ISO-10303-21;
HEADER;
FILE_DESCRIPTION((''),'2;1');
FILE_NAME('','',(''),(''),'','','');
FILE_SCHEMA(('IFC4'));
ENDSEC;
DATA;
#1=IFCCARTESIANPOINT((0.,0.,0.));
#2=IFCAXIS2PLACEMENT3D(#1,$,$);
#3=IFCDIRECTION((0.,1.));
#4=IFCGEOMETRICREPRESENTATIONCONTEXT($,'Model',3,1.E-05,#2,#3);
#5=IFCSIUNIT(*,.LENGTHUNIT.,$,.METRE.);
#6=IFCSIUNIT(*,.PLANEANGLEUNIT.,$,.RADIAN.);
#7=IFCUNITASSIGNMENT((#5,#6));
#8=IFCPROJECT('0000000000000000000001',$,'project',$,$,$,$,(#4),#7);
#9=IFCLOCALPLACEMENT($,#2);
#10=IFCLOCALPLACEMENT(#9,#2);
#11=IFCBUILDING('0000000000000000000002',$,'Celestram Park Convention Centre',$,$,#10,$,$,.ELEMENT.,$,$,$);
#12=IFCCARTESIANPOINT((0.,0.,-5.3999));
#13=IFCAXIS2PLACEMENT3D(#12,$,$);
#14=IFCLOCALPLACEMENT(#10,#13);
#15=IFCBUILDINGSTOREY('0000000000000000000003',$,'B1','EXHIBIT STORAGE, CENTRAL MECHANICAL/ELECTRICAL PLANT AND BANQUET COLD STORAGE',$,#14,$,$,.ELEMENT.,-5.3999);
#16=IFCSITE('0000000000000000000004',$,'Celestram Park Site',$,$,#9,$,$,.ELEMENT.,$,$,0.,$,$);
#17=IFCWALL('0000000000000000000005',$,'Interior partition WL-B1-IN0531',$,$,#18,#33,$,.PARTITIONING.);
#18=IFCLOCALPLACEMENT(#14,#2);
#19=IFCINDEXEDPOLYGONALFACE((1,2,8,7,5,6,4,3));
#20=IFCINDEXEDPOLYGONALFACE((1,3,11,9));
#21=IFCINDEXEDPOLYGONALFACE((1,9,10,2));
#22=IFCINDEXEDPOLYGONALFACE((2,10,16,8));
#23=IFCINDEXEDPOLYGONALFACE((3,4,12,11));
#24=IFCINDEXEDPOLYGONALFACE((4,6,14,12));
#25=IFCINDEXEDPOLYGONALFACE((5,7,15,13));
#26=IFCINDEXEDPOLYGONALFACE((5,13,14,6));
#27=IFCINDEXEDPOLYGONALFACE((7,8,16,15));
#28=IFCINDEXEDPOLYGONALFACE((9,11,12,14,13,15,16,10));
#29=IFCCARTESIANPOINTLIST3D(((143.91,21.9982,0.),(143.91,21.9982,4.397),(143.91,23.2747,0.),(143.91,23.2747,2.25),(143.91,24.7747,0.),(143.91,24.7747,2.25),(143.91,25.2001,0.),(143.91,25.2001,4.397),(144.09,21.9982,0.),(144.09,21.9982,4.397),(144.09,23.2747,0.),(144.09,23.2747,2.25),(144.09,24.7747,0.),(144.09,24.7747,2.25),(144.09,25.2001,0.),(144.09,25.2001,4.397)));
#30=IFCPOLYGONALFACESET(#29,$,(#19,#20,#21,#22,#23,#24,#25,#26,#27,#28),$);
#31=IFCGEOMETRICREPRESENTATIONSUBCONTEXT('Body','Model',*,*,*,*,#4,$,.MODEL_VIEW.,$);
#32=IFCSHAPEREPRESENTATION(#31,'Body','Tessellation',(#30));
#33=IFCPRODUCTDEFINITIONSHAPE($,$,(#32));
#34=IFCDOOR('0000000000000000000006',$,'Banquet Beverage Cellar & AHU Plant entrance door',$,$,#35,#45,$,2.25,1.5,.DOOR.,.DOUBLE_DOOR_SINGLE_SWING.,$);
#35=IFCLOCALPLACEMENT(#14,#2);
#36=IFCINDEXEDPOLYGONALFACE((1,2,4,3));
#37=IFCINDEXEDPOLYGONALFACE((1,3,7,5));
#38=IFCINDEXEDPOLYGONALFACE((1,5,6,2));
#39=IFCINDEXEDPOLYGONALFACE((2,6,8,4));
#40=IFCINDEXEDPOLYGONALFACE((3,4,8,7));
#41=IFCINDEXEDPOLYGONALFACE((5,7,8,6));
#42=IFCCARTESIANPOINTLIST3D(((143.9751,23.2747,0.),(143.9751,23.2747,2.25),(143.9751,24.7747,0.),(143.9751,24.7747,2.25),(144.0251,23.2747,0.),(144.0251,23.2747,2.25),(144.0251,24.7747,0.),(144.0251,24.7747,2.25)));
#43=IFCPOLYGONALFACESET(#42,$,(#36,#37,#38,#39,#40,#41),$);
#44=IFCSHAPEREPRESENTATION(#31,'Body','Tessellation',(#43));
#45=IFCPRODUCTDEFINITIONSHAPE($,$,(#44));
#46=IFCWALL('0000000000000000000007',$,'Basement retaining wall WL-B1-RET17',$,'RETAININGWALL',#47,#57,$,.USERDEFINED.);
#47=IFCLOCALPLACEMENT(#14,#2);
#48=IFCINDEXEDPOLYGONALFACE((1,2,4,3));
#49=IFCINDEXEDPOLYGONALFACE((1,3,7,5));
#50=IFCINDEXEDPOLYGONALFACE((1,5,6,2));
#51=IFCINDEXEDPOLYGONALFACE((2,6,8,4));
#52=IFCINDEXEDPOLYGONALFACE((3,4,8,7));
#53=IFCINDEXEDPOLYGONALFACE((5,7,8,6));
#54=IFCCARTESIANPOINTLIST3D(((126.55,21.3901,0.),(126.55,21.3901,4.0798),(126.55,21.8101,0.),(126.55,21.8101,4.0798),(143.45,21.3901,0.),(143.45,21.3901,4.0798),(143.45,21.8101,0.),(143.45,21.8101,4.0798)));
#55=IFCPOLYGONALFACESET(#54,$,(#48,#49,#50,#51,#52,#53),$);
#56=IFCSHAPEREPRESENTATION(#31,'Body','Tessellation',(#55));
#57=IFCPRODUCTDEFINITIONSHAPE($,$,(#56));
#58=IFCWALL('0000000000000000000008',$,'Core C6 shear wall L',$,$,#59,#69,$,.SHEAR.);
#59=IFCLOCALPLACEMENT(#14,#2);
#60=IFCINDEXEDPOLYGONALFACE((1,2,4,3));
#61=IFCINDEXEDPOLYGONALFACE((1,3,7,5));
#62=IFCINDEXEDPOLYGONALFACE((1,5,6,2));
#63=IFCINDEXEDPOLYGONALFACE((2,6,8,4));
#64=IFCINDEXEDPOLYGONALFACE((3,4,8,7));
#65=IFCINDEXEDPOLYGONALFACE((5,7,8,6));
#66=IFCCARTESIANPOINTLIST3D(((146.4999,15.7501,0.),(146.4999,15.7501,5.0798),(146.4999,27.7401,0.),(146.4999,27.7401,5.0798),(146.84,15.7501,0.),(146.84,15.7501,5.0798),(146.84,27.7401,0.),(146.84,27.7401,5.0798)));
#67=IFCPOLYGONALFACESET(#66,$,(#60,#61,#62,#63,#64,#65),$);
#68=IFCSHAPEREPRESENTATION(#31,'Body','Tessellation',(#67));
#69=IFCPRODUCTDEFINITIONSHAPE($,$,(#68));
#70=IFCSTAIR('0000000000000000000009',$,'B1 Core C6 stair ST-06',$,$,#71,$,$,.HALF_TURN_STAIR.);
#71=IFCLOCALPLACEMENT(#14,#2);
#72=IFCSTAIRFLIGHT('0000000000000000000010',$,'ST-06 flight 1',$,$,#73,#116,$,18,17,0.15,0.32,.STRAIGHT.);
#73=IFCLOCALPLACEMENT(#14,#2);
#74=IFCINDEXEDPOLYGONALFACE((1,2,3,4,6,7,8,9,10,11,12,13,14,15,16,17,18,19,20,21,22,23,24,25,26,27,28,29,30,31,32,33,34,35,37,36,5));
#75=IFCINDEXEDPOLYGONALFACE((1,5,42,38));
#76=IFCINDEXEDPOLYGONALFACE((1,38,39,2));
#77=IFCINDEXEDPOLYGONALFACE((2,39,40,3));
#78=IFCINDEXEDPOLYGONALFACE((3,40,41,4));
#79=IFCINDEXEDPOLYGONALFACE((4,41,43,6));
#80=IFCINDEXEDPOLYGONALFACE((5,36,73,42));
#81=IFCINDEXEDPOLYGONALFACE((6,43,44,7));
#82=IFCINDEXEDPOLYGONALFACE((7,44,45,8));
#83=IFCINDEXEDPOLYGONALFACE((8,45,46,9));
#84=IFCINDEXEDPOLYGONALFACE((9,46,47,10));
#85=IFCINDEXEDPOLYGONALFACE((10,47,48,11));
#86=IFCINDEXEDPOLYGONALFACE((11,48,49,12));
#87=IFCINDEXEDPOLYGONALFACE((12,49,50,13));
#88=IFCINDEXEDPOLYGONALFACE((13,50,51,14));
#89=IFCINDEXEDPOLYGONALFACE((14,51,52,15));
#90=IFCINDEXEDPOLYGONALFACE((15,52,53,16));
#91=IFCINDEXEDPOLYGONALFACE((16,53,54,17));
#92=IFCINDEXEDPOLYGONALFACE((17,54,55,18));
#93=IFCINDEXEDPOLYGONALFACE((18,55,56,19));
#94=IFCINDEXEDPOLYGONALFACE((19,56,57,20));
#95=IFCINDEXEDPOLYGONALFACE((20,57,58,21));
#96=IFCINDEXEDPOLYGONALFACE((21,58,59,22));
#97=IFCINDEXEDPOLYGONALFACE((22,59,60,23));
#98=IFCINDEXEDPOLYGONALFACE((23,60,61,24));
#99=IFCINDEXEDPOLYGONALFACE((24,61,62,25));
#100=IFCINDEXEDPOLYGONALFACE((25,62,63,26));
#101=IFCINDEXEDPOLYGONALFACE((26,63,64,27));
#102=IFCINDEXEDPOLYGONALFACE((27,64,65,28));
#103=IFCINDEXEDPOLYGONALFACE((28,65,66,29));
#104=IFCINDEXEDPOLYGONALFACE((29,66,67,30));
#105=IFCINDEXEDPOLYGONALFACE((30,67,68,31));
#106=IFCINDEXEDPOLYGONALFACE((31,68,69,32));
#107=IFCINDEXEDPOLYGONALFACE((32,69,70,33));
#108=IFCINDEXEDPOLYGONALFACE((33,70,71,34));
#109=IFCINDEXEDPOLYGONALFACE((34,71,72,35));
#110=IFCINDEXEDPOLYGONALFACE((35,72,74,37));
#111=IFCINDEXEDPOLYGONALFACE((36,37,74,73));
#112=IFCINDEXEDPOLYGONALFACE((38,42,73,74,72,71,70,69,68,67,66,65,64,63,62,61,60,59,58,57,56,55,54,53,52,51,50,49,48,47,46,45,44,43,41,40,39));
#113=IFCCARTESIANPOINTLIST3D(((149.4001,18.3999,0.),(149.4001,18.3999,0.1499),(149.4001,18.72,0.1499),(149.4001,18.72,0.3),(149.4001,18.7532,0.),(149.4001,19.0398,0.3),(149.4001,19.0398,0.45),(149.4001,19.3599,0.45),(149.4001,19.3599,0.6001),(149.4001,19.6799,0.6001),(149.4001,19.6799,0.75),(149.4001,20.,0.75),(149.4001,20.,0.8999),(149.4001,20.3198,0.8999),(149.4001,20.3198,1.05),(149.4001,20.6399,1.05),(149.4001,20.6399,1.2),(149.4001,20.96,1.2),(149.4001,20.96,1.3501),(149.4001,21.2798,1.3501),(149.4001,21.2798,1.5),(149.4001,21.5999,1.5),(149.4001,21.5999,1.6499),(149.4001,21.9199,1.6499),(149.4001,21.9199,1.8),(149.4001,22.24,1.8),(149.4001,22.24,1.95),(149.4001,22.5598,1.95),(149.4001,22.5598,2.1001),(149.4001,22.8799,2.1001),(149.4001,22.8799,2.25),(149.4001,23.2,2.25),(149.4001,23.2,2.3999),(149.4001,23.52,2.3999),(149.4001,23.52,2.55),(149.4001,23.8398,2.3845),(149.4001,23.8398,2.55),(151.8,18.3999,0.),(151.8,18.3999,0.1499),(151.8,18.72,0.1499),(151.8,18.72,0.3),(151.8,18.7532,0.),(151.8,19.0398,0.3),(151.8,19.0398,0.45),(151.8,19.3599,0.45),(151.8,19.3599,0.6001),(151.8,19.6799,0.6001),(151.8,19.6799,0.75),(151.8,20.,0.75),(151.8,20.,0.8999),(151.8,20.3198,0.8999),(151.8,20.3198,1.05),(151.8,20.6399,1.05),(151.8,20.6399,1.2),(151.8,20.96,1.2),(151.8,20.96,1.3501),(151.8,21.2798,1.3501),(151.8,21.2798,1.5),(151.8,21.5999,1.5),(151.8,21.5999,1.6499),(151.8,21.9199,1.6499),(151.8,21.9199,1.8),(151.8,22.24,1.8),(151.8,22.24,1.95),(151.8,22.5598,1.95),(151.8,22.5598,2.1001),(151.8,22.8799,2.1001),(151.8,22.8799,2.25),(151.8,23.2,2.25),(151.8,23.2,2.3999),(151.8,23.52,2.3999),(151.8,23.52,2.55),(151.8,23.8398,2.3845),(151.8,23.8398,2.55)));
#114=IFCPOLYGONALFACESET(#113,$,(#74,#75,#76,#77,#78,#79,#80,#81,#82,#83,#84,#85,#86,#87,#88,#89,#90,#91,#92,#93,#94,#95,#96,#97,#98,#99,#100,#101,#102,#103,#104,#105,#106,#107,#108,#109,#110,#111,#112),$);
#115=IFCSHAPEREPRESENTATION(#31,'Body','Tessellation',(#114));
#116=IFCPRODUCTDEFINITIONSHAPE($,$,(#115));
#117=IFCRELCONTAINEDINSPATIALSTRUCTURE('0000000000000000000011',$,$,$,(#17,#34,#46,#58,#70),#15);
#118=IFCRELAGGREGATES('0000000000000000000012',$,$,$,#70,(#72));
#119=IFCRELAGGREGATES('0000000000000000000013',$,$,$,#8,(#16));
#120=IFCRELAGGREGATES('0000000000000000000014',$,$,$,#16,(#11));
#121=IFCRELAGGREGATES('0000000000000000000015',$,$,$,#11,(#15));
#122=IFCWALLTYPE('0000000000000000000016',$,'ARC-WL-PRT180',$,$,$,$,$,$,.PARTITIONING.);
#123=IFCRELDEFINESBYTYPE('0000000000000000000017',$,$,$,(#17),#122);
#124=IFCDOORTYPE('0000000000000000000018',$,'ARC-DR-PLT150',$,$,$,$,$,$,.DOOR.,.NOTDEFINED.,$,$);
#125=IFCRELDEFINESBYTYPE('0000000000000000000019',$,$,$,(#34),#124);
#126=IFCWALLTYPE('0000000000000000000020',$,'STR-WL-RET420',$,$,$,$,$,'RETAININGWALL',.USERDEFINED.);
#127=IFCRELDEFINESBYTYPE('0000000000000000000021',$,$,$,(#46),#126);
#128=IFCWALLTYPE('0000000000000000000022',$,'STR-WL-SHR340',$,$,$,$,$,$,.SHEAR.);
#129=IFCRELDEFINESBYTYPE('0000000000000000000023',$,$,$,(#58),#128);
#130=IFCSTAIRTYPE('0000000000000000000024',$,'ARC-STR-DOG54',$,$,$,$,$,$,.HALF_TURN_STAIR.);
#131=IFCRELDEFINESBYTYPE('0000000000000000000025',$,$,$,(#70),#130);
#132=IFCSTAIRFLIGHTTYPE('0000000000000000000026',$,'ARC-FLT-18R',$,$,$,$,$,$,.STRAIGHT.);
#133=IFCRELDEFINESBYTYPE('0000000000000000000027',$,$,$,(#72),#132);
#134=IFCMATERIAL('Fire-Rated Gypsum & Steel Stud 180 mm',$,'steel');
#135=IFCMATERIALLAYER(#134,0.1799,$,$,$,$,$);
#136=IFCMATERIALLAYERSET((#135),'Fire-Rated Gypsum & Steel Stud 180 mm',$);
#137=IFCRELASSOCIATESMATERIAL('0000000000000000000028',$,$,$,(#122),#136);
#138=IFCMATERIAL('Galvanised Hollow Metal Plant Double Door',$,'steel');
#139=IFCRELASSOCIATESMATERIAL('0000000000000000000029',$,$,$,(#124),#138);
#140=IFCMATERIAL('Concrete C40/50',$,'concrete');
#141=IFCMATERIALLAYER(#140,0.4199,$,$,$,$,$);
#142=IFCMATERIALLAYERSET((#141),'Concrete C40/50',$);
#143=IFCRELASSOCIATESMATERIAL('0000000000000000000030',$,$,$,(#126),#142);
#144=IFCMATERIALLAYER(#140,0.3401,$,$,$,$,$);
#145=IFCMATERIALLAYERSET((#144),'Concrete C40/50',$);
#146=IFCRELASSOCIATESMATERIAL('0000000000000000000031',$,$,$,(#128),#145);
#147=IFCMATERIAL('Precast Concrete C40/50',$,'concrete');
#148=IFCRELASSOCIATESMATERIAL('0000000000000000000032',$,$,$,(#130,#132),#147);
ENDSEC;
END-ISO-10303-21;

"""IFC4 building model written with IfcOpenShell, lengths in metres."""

from ifc_helpers import new_model, si_unit, direction, frame, frame_2d, origin, place, context, subcontext, project, spatial, polyline, rectangle, outline, extrude, material, layer, layer_set, type_object, element, fill, aggregate, save


model = new_model("IFC4")

# Units and contexts
model_context = context("Model", 3, precision=1e-05, world=origin(), true_north=direction((0.0, 1.0)))
body_context = subcontext(model_context, "Body", "Model", "MODEL_VIEW")
ifc_project = project(units=[si_unit("LENGTHUNIT", "METRE"), si_unit("PLANEANGLEUNIT", "RADIAN")], contexts=[model_context])

# Site, building, storey
site_placement = place(None, origin())
site = spatial("IfcSite", under=ifc_project, at=site_placement, Name="Celestram Park Site", CompositionType="ELEMENT", RefElevation=0.0)
building_placement = place(site_placement, origin())
building = spatial("IfcBuilding", under=site, at=building_placement, Name="Celestram Park Convention Centre", CompositionType="ELEMENT")
storey_placement = place(building_placement, frame((0.0, 0.0, -5.3999)))
storey = spatial("IfcBuildingStorey", under=building, at=storey_placement, Name="B1", Description="EXHIBIT STORAGE, CENTRAL MECHANICAL/ELECTRICAL PLANT AND BANQUET COLD STORAGE", CompositionType="ELEMENT", Elevation=-5.3999)

# Shared definitions
ifc_material_1 = material(Name="Concrete C40/50", Category="concrete")

# Wall, opening, door
ifc_material_2 = material(Name="Fire-Rated Gypsum & Steel Stud 180 mm", Category="steel")
ifc_layer_1 = layer(ifc_material_2, 0.1799)
ifc_layer_set_1 = layer_set([ifc_layer_1], Name="Fire-Rated Gypsum & Steel Stud 180 mm")
wall_type_1 = type_object("IfcWallType", Name="ARC-WL-PRT180", PredefinedType="PARTITIONING", material=ifc_layer_set_1)
wall_1_placement = place(storey_placement, frame((144.0, 21.998, 0.0), z_axis=(0.0, 0.0, 1.0), x_axis=(0.0, 1.0, 0.0)))
wall_1 = element("IfcWall", 1, at=wall_1_placement, inside=storey, type_object=wall_type_1, Name="Interior partition WL-B1-IN0531", PredefinedType="PARTITIONING", context=body_context, shape_type="SweptSolid", body=[
    extrude(rectangle(XDim=3.2019, YDim=0.1799, at=frame_2d((1.6011, 0.0))), origin(), (0.0, 0.0, 1.0), 4.397),
])
opening_1_placement = place(wall_1_placement, frame((1.2766, 0.0, 0.0)))
opening_1 = element("IfcOpeningElement", 2, at=opening_1_placement, cuts=wall_1, PredefinedType="OPENING", context=body_context, shape_type="SweptSolid", body=[
    extrude(rectangle(XDim=1.5, YDim=2.25, at=frame_2d((0.75, 1.125))), frame((0.0, 0.0999, 0.0), z_axis=(0.0, -1.0, 0.0), x_axis=(1.0, 0.0, 0.0)), (0.0, 0.0, 1.0), 0.2),
])
ifc_material_3 = material(Name="Galvanised Hollow Metal Plant Double Door", Category="steel")
door_type_1 = type_object("IfcDoorType", Name="ARC-DR-PLT150", OperationType="NOTDEFINED", PredefinedType="DOOR", material=ifc_material_3)
door_1_placement = place(opening_1_placement, origin())
door_1 = element("IfcDoor", 3, at=door_1_placement, inside=storey, type_object=door_type_1, Name="Banquet Beverage Cellar & AHU Plant entrance door", OperationType="DOUBLE_DOOR_SINGLE_SWING", OverallHeight=2.25, OverallWidth=1.5, PredefinedType="DOOR", context=body_context, shape_type="SweptSolid", body=[
    extrude(rectangle(XDim=1.5, YDim=2.25, at=frame_2d((0.75, 1.125))), frame((0.0, 0.0249, 0.0), z_axis=(0.0, -1.0, 0.0), x_axis=(1.0, 0.0, 0.0)), (0.0, 0.0, 1.0), 0.05),
])
fill(opening_1, door_1)

# Walls
ifc_layer_2 = layer(ifc_material_1, 0.4199)
ifc_layer_set_2 = layer_set([ifc_layer_2], Name="Concrete C40/50")
wall_type_2 = type_object("IfcWallType", Name="STR-WL-RET420", ElementType="RETAININGWALL", PredefinedType="USERDEFINED", material=ifc_layer_set_2)
wall_2_placement = place(storey_placement, frame((143.45, 21.6001, 0.0), z_axis=(0.0, 0.0, 1.0), x_axis=(-1.0, 0.0, 0.0)))
element("IfcWall", 4, at=wall_2_placement, inside=storey, type_object=wall_type_2, Name="Basement retaining wall WL-B1-RET17", ObjectType="RETAININGWALL", PredefinedType="USERDEFINED", context=body_context, shape_type="SweptSolid", body=[
    extrude(rectangle(XDim=16.8999, YDim=0.4199, at=frame_2d((8.45, 0.0))), origin(), (0.0, 0.0, 1.0), 4.0798),
])
ifc_layer_3 = layer(ifc_material_1, 0.3401)
ifc_layer_set_3 = layer_set([ifc_layer_3], Name="Concrete C40/50")
wall_type_3 = type_object("IfcWallType", Name="STR-WL-SHR340", PredefinedType="SHEAR", material=ifc_layer_set_3)
wall_3_placement = place(storey_placement, frame((146.6699, 15.75, 0.0), z_axis=(0.0, 0.0, 1.0), x_axis=(0.0, 1.0, 0.0)))
element("IfcWall", 5, at=wall_3_placement, inside=storey, type_object=wall_type_3, Name="Core C6 shear wall L", PredefinedType="SHEAR", context=body_context, shape_type="SweptSolid", body=[
    extrude(rectangle(XDim=11.99, YDim=0.3401, at=frame_2d((5.9951, 0.0))), origin(), (0.0, 0.0, 1.0), 5.0798),
])

# Stair, stair flight
ifc_material_4 = material(Name="Precast Concrete C40/50", Category="concrete")
stair_type = type_object("IfcStairType", Name="ARC-STR-DOG54", PredefinedType="HALF_TURN_STAIR", material=ifc_material_4)
stair_placement = place(storey_placement, origin())
stair = element("IfcStair", 6, at=stair_placement, inside=storey, type_object=stair_type, Name="B1 Core C6 stair ST-06", PredefinedType="HALF_TURN_STAIR")
stair_flight_type = type_object("IfcStairFlightType", Name="ARC-FLT-18R", PredefinedType="STRAIGHT", material=ifc_material_4)
stair_flight_placement = place(storey_placement, frame((150.6001, 18.3999, 0.0), z_axis=(0.0, 0.0, 1.0), x_axis=(0.0, 1.0, 0.0)))
stair_flight = element("IfcStairFlight", 7, at=stair_flight_placement, type_object=stair_flight_type, Name="ST-06 flight 1", NumberOfRisers=18, NumberOfTreads=17, PredefinedType="STRAIGHT", RiserHeight=0.15, TreadLength=0.32, context=body_context, shape_type="SweptSolid", body=[
    extrude(outline(polyline([(0.0, 0.0), (0.0, 0.1499), (0.3201, 0.1499), (0.3201, 0.3), (0.6399, 0.3), (0.6399, 0.45), (0.96, 0.45), (0.96, 0.6001), (1.28, 0.6001), (1.28, 0.75), (1.6001, 0.75), (1.6001, 0.8999), (1.9199, 0.8999), (1.9199, 1.05), (2.24, 1.05), (2.24, 1.2), (2.5601, 1.2), (2.5601, 1.3501), (2.8799, 1.3501), (2.8799, 1.5), (3.2, 1.5), (3.2, 1.6499), (3.52, 1.6499), (3.52, 1.8), (3.8401, 1.8), (3.8401, 1.95), (4.1599, 1.95), (4.1599, 2.1001), (4.48, 2.1001), (4.48, 2.25), (4.8, 2.25), (4.8, 2.3999), (5.1201, 2.3999), (5.1201, 2.55), (5.4399, 2.55), (5.4399, 2.7), (5.4399, 2.3845), (0.3533, 0.0), (0.0, 0.0)])), frame((0.0, 1.2, 0.0), z_axis=(0.0, -1.0, 0.0), x_axis=(1.0, 0.0, 0.0)), (0.0, 0.0, 1.0), 2.3999),
])
aggregate(stair, [stair_flight])

save(model, "model.ifc")
